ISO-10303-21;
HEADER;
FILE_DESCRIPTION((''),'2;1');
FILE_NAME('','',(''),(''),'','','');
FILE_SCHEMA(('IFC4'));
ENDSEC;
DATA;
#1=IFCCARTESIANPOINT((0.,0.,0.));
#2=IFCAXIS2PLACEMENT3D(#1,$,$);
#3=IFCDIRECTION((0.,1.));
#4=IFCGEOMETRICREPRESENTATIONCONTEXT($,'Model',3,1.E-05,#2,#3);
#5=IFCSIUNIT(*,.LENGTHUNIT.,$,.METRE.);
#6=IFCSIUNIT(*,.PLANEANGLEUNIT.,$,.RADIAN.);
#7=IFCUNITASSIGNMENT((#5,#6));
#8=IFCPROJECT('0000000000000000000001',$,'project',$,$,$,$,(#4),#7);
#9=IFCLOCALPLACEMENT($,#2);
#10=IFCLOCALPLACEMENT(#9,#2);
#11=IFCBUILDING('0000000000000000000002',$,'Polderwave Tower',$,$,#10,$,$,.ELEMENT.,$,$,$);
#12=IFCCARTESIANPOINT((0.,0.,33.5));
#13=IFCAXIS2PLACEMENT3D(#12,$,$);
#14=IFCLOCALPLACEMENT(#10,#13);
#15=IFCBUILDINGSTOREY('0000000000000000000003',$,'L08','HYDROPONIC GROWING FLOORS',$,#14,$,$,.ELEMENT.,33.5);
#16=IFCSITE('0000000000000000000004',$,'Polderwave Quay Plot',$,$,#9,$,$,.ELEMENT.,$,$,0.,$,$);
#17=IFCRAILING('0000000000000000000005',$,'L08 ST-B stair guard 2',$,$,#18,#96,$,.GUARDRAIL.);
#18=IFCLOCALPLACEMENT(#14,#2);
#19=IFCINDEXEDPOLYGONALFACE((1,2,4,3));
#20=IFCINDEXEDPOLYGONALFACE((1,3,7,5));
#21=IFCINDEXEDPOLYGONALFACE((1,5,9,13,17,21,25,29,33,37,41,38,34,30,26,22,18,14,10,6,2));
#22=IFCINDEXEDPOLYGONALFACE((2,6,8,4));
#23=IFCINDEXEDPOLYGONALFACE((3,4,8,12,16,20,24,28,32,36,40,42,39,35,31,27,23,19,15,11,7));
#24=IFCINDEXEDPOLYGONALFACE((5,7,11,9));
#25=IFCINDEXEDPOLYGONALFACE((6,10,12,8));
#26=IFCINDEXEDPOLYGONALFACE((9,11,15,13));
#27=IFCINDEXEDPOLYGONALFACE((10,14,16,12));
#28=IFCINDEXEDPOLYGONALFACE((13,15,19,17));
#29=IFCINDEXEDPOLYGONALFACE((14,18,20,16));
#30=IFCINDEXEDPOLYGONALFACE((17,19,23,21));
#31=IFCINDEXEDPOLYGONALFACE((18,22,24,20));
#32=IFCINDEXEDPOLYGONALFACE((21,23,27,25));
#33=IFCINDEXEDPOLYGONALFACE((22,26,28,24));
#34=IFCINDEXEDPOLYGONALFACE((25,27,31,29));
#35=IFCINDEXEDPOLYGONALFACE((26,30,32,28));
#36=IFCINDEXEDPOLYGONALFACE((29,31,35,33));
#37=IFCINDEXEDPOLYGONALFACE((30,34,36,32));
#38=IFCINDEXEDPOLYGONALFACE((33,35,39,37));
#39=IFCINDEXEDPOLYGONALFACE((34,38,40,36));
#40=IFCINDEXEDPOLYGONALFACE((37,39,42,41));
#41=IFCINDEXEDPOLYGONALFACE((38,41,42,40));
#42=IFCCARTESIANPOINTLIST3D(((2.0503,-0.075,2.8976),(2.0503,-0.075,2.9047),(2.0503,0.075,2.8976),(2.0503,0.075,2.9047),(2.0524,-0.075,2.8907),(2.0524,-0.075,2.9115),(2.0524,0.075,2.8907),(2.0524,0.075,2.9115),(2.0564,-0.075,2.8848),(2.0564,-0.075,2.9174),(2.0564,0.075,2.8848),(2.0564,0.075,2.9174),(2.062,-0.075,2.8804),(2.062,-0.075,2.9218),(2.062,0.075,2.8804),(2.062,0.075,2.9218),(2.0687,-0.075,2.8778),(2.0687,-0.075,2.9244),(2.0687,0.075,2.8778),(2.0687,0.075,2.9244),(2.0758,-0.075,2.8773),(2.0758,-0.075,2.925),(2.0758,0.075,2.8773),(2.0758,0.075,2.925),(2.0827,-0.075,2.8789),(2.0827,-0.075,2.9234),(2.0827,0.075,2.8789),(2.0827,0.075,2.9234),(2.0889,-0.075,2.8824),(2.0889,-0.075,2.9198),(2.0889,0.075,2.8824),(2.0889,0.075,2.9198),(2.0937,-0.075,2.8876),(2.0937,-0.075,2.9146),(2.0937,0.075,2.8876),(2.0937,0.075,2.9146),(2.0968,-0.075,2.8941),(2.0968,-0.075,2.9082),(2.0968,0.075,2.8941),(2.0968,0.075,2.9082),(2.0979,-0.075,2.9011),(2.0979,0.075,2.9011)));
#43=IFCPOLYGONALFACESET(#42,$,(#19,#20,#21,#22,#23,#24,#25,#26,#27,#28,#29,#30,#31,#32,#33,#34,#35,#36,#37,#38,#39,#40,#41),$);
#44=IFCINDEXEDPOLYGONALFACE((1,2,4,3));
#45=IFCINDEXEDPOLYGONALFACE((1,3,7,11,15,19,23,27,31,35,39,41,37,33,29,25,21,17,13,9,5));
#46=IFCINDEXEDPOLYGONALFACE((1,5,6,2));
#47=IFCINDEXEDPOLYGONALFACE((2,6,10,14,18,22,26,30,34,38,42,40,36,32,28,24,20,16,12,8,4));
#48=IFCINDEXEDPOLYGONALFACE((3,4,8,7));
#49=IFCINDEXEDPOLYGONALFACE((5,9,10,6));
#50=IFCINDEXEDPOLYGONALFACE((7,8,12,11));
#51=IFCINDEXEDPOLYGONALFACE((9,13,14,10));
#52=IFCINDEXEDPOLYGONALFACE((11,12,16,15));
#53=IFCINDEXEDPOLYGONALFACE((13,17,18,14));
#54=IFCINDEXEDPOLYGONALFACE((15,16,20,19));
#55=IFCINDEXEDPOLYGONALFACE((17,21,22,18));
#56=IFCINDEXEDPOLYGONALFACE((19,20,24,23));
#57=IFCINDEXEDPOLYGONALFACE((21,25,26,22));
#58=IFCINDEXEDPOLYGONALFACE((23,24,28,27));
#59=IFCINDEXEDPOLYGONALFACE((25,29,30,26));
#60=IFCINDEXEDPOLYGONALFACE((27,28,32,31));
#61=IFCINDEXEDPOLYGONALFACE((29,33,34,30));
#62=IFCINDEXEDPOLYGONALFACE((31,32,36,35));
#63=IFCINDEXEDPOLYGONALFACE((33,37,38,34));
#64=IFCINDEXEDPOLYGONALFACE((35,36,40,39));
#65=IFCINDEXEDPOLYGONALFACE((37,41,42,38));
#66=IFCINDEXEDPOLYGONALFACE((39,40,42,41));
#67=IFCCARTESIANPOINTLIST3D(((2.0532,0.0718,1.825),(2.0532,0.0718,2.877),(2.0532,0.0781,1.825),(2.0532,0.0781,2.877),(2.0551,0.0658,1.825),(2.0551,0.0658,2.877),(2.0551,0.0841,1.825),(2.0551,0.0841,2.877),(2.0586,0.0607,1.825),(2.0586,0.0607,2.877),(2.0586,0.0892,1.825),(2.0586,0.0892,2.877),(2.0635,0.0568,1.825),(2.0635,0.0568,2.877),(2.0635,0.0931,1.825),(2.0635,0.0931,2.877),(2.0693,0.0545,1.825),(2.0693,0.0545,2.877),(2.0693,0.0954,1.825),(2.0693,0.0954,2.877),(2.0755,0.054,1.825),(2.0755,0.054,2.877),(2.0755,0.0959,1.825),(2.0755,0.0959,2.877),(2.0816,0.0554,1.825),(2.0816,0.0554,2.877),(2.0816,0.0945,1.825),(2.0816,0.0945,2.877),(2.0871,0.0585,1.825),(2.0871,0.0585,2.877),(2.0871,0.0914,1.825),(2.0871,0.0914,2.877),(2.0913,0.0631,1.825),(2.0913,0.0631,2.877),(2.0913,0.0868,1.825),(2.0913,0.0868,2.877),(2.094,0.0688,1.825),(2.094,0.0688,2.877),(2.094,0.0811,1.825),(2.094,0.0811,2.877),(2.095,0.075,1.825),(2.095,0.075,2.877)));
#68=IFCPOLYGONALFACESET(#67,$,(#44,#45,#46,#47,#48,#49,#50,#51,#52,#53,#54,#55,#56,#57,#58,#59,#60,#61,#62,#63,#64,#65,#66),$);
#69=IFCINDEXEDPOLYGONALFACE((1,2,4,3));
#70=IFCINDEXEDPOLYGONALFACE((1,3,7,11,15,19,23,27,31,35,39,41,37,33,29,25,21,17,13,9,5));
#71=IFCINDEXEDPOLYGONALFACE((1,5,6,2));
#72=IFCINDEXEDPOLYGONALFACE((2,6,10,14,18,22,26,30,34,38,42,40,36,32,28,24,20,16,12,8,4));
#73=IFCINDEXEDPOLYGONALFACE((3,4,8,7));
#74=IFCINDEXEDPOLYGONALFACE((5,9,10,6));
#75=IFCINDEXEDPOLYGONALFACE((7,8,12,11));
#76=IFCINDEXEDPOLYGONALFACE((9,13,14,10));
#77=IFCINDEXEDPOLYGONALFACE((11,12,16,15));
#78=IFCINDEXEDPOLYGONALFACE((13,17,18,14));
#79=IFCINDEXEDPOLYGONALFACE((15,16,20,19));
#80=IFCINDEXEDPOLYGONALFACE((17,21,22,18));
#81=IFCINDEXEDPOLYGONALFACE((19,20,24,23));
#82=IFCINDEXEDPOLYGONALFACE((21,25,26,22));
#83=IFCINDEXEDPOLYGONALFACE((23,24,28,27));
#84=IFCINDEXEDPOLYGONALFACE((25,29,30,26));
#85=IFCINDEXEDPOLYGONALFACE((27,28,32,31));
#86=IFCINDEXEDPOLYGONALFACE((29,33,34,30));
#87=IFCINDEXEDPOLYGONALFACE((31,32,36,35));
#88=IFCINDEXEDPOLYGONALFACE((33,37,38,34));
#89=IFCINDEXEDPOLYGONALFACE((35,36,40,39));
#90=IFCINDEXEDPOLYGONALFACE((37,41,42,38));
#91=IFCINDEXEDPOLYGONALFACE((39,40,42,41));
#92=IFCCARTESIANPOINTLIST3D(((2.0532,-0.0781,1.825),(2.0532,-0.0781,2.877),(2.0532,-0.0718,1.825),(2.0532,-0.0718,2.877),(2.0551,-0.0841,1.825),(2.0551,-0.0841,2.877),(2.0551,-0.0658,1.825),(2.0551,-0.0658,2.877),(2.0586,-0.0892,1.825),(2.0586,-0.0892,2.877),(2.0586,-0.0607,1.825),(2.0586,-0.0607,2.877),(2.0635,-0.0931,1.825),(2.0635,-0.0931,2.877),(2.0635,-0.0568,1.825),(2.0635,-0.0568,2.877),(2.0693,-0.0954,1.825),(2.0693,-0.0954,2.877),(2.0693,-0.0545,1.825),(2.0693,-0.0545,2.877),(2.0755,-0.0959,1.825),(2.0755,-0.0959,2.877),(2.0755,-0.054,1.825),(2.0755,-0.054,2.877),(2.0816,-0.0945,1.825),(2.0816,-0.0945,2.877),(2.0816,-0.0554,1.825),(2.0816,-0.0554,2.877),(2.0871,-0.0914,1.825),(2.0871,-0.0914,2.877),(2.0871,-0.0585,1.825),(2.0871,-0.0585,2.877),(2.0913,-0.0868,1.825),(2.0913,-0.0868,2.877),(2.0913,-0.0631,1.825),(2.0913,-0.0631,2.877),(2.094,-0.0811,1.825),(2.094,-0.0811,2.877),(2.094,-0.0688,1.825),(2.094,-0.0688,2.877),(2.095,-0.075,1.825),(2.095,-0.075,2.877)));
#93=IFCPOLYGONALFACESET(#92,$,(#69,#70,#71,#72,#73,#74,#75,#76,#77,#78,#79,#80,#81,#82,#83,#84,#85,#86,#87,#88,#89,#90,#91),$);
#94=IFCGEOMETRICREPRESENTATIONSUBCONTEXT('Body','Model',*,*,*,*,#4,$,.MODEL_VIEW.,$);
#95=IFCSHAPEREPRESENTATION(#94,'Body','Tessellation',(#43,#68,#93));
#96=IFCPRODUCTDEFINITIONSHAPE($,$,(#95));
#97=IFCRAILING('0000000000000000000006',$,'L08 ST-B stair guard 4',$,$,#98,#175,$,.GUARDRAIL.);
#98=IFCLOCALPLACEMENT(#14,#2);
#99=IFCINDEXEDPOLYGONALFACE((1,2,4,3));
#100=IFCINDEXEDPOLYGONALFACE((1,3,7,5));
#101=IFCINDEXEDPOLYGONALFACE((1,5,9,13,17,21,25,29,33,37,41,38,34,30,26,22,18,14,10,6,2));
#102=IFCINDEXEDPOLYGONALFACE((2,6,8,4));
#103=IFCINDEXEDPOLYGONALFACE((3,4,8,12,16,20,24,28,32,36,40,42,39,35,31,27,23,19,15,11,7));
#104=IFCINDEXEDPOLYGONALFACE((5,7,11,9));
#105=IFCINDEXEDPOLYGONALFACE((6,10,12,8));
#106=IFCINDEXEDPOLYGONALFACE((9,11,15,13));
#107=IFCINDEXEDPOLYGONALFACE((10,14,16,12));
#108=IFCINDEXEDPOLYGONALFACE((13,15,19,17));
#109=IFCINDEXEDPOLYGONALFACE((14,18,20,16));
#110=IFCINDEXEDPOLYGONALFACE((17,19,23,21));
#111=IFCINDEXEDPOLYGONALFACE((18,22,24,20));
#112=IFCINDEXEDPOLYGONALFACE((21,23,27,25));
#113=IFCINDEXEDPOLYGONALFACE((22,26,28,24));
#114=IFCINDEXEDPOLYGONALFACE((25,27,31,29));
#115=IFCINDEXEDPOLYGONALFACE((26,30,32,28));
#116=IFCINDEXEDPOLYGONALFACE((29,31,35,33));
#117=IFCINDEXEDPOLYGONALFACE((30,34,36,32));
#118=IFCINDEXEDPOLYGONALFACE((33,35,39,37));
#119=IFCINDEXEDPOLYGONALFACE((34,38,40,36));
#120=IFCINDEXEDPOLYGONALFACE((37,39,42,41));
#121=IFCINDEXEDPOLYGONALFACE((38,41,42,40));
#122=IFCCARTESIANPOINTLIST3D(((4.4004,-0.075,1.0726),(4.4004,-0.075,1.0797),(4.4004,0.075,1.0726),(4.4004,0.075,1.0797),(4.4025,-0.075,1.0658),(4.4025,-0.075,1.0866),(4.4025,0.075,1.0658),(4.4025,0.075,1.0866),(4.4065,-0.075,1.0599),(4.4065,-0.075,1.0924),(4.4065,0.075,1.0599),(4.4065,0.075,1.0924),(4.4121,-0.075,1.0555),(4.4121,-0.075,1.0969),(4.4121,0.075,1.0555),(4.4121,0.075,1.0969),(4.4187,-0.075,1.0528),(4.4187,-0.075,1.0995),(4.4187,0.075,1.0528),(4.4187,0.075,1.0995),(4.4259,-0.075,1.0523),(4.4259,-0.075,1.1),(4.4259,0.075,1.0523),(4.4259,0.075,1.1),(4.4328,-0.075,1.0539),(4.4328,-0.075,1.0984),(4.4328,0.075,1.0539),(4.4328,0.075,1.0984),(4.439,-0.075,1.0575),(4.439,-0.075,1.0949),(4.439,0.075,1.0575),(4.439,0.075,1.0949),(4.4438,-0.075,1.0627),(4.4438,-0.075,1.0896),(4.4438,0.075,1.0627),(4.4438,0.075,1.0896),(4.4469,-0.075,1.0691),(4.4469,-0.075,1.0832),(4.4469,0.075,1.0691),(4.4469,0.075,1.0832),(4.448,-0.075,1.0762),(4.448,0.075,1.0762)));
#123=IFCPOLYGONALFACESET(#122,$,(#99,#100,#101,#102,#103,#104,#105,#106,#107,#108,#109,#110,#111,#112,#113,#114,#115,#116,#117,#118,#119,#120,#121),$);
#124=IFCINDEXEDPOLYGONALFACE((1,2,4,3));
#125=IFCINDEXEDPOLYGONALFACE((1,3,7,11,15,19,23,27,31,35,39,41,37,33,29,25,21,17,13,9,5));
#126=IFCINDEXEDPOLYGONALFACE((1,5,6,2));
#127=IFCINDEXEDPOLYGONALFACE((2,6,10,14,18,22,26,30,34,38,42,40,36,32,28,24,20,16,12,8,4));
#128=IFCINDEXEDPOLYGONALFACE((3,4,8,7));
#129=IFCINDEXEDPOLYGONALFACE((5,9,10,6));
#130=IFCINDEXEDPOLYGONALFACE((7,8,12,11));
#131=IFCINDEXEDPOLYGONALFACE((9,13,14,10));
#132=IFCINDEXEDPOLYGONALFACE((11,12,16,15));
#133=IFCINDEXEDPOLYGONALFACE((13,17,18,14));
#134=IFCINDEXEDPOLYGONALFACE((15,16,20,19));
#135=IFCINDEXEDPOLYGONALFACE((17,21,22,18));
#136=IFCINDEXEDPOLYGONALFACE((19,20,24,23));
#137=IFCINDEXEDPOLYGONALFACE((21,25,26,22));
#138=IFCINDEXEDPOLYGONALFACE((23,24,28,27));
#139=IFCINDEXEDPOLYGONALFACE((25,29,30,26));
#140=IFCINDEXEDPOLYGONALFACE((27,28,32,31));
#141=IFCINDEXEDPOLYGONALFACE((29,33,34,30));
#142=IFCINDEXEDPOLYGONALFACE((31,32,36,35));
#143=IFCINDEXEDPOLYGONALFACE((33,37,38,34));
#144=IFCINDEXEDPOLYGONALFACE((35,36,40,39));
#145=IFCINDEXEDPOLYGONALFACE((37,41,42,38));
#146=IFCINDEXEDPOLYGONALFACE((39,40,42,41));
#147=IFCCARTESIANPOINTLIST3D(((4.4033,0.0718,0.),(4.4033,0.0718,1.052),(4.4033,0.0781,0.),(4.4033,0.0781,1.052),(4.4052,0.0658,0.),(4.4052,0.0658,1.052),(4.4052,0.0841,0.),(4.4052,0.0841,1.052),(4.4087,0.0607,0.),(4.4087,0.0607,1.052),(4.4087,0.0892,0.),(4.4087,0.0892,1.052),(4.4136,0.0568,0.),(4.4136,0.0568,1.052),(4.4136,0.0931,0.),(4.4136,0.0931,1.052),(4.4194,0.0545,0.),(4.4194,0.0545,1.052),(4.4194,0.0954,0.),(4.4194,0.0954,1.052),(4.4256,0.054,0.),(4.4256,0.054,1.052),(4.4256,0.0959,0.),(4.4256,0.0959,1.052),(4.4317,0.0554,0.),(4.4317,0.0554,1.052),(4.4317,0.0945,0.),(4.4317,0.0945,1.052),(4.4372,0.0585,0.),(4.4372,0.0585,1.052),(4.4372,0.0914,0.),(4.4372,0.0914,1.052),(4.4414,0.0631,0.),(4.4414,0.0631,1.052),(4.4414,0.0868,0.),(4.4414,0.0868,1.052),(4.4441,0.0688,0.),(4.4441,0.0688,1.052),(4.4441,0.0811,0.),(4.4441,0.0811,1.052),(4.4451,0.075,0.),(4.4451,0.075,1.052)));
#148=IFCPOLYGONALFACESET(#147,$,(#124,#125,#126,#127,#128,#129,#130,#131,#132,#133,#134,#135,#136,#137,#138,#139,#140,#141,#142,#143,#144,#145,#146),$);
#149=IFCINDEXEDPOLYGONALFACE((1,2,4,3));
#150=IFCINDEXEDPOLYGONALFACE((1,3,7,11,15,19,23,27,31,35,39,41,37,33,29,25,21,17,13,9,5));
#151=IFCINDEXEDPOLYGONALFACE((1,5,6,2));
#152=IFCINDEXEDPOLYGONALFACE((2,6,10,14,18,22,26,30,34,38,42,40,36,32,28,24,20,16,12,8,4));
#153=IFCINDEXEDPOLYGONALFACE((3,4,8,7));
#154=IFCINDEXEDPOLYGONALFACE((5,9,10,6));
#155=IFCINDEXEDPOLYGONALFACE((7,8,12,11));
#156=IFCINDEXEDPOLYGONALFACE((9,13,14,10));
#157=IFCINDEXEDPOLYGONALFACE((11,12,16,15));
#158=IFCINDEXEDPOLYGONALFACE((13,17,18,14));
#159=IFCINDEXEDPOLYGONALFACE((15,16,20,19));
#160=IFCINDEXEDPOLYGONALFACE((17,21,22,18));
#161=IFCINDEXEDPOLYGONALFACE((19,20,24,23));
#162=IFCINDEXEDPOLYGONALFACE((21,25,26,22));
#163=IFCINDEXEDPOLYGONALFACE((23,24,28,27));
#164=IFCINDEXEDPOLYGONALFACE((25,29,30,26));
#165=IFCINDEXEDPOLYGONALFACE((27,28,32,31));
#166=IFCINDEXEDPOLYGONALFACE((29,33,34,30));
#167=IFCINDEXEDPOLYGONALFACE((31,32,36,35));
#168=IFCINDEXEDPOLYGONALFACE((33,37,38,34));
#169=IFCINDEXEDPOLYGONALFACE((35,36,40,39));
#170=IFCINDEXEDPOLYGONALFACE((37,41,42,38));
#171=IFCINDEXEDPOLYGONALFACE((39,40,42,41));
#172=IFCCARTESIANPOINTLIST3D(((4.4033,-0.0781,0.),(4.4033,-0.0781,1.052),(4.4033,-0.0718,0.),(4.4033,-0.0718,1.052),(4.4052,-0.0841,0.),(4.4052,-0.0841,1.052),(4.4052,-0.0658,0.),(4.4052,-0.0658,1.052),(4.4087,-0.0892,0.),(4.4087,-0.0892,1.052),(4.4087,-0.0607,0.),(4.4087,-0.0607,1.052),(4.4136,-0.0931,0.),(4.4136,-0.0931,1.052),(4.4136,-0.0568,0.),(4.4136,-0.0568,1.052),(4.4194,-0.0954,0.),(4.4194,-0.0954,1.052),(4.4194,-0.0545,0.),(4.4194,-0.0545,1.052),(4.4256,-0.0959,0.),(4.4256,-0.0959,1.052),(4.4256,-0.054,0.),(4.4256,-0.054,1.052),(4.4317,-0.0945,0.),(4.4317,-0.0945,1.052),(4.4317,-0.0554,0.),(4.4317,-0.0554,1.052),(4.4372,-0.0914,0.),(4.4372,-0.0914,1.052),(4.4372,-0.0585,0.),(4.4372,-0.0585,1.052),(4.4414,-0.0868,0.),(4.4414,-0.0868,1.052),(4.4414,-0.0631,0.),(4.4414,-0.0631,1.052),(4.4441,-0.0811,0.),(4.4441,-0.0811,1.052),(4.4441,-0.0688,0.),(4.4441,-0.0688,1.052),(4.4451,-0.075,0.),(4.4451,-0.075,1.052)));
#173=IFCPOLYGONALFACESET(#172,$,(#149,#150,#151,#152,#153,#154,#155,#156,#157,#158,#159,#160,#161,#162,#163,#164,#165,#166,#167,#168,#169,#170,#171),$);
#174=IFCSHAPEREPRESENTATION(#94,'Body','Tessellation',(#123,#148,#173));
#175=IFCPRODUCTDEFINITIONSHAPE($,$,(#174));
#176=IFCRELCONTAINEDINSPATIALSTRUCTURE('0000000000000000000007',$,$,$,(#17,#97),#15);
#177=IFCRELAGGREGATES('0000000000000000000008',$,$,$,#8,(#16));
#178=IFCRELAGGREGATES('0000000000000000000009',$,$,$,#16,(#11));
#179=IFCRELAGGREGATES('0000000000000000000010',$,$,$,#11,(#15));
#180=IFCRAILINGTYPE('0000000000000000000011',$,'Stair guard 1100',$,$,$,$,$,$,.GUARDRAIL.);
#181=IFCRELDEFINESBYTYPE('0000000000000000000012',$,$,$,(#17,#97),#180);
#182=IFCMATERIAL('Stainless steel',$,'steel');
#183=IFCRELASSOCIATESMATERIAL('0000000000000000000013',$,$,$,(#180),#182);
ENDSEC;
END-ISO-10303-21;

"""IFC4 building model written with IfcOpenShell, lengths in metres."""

from ifc_helpers import new_model, si_unit, direction, frame, origin, origin_2d, place, context, subcontext, project, spatial, circle, extrude, material, type_object, element, save


model = new_model("IFC4")

# Units and contexts
model_context = context("Model", 3, precision=1e-05, world=origin(), true_north=direction((0.0, 1.0)))
body_context = subcontext(model_context, "Body", "Model", "MODEL_VIEW")
ifc_project = project(units=[si_unit("LENGTHUNIT", "METRE"), si_unit("PLANEANGLEUNIT", "RADIAN")], contexts=[model_context])

# Site, building, storey
site_placement = place(None, origin())
site = spatial("IfcSite", under=ifc_project, at=site_placement, Name="Polderwave Quay Plot", CompositionType="ELEMENT", RefElevation=0.0)
building_placement = place(site_placement, origin())
building = spatial("IfcBuilding", under=site, at=building_placement, Name="Polderwave Tower", CompositionType="ELEMENT")
storey_placement = place(building_placement, frame((0.0, 0.0, 33.5)))
storey = spatial("IfcBuildingStorey", under=building, at=storey_placement, Name="L08", Description="HYDROPONIC GROWING FLOORS", CompositionType="ELEMENT", Elevation=33.5)

# Railings
ifc_material_1 = material(Name="Stainless steel", Category="steel")
railing_type_1 = type_object("IfcRailingType", Name="Stair guard 1100", PredefinedType="GUARDRAIL", material=ifc_material_1)
for number, where, name in (
    (1, (2.074, 0.075, 1.825), "L08 ST-B stair guard 2"),
    (2, (4.4241, 0.075, 0.0), "L08 ST-B stair guard 4"),
):
    element("IfcRailing", number, at=place(storey_placement, frame(where)), inside=storey, type_object=railing_type_1, Name=name, PredefinedType="GUARDRAIL", context=body_context, shape_type="SweptSolid", body=[
        extrude(circle(Radius=0.0239, at=origin_2d()), frame((0.0, 0.0, 1.0762), z_axis=(0.0, -1.0, 0.0), x_axis=(1.0, 0.0, 0.0)), (0.0, 0.0, 1.0), 0.1499),
        extrude(circle(Radius=0.021, at=origin_2d()), origin(), (0.0, 0.0, 1.0), 1.052),
        extrude(circle(Radius=0.021, at=origin_2d()), frame((0.0, -0.1499, 0.0)), (0.0, 0.0, 1.0), 1.052),
    ])

save(model, "model.ifc")
